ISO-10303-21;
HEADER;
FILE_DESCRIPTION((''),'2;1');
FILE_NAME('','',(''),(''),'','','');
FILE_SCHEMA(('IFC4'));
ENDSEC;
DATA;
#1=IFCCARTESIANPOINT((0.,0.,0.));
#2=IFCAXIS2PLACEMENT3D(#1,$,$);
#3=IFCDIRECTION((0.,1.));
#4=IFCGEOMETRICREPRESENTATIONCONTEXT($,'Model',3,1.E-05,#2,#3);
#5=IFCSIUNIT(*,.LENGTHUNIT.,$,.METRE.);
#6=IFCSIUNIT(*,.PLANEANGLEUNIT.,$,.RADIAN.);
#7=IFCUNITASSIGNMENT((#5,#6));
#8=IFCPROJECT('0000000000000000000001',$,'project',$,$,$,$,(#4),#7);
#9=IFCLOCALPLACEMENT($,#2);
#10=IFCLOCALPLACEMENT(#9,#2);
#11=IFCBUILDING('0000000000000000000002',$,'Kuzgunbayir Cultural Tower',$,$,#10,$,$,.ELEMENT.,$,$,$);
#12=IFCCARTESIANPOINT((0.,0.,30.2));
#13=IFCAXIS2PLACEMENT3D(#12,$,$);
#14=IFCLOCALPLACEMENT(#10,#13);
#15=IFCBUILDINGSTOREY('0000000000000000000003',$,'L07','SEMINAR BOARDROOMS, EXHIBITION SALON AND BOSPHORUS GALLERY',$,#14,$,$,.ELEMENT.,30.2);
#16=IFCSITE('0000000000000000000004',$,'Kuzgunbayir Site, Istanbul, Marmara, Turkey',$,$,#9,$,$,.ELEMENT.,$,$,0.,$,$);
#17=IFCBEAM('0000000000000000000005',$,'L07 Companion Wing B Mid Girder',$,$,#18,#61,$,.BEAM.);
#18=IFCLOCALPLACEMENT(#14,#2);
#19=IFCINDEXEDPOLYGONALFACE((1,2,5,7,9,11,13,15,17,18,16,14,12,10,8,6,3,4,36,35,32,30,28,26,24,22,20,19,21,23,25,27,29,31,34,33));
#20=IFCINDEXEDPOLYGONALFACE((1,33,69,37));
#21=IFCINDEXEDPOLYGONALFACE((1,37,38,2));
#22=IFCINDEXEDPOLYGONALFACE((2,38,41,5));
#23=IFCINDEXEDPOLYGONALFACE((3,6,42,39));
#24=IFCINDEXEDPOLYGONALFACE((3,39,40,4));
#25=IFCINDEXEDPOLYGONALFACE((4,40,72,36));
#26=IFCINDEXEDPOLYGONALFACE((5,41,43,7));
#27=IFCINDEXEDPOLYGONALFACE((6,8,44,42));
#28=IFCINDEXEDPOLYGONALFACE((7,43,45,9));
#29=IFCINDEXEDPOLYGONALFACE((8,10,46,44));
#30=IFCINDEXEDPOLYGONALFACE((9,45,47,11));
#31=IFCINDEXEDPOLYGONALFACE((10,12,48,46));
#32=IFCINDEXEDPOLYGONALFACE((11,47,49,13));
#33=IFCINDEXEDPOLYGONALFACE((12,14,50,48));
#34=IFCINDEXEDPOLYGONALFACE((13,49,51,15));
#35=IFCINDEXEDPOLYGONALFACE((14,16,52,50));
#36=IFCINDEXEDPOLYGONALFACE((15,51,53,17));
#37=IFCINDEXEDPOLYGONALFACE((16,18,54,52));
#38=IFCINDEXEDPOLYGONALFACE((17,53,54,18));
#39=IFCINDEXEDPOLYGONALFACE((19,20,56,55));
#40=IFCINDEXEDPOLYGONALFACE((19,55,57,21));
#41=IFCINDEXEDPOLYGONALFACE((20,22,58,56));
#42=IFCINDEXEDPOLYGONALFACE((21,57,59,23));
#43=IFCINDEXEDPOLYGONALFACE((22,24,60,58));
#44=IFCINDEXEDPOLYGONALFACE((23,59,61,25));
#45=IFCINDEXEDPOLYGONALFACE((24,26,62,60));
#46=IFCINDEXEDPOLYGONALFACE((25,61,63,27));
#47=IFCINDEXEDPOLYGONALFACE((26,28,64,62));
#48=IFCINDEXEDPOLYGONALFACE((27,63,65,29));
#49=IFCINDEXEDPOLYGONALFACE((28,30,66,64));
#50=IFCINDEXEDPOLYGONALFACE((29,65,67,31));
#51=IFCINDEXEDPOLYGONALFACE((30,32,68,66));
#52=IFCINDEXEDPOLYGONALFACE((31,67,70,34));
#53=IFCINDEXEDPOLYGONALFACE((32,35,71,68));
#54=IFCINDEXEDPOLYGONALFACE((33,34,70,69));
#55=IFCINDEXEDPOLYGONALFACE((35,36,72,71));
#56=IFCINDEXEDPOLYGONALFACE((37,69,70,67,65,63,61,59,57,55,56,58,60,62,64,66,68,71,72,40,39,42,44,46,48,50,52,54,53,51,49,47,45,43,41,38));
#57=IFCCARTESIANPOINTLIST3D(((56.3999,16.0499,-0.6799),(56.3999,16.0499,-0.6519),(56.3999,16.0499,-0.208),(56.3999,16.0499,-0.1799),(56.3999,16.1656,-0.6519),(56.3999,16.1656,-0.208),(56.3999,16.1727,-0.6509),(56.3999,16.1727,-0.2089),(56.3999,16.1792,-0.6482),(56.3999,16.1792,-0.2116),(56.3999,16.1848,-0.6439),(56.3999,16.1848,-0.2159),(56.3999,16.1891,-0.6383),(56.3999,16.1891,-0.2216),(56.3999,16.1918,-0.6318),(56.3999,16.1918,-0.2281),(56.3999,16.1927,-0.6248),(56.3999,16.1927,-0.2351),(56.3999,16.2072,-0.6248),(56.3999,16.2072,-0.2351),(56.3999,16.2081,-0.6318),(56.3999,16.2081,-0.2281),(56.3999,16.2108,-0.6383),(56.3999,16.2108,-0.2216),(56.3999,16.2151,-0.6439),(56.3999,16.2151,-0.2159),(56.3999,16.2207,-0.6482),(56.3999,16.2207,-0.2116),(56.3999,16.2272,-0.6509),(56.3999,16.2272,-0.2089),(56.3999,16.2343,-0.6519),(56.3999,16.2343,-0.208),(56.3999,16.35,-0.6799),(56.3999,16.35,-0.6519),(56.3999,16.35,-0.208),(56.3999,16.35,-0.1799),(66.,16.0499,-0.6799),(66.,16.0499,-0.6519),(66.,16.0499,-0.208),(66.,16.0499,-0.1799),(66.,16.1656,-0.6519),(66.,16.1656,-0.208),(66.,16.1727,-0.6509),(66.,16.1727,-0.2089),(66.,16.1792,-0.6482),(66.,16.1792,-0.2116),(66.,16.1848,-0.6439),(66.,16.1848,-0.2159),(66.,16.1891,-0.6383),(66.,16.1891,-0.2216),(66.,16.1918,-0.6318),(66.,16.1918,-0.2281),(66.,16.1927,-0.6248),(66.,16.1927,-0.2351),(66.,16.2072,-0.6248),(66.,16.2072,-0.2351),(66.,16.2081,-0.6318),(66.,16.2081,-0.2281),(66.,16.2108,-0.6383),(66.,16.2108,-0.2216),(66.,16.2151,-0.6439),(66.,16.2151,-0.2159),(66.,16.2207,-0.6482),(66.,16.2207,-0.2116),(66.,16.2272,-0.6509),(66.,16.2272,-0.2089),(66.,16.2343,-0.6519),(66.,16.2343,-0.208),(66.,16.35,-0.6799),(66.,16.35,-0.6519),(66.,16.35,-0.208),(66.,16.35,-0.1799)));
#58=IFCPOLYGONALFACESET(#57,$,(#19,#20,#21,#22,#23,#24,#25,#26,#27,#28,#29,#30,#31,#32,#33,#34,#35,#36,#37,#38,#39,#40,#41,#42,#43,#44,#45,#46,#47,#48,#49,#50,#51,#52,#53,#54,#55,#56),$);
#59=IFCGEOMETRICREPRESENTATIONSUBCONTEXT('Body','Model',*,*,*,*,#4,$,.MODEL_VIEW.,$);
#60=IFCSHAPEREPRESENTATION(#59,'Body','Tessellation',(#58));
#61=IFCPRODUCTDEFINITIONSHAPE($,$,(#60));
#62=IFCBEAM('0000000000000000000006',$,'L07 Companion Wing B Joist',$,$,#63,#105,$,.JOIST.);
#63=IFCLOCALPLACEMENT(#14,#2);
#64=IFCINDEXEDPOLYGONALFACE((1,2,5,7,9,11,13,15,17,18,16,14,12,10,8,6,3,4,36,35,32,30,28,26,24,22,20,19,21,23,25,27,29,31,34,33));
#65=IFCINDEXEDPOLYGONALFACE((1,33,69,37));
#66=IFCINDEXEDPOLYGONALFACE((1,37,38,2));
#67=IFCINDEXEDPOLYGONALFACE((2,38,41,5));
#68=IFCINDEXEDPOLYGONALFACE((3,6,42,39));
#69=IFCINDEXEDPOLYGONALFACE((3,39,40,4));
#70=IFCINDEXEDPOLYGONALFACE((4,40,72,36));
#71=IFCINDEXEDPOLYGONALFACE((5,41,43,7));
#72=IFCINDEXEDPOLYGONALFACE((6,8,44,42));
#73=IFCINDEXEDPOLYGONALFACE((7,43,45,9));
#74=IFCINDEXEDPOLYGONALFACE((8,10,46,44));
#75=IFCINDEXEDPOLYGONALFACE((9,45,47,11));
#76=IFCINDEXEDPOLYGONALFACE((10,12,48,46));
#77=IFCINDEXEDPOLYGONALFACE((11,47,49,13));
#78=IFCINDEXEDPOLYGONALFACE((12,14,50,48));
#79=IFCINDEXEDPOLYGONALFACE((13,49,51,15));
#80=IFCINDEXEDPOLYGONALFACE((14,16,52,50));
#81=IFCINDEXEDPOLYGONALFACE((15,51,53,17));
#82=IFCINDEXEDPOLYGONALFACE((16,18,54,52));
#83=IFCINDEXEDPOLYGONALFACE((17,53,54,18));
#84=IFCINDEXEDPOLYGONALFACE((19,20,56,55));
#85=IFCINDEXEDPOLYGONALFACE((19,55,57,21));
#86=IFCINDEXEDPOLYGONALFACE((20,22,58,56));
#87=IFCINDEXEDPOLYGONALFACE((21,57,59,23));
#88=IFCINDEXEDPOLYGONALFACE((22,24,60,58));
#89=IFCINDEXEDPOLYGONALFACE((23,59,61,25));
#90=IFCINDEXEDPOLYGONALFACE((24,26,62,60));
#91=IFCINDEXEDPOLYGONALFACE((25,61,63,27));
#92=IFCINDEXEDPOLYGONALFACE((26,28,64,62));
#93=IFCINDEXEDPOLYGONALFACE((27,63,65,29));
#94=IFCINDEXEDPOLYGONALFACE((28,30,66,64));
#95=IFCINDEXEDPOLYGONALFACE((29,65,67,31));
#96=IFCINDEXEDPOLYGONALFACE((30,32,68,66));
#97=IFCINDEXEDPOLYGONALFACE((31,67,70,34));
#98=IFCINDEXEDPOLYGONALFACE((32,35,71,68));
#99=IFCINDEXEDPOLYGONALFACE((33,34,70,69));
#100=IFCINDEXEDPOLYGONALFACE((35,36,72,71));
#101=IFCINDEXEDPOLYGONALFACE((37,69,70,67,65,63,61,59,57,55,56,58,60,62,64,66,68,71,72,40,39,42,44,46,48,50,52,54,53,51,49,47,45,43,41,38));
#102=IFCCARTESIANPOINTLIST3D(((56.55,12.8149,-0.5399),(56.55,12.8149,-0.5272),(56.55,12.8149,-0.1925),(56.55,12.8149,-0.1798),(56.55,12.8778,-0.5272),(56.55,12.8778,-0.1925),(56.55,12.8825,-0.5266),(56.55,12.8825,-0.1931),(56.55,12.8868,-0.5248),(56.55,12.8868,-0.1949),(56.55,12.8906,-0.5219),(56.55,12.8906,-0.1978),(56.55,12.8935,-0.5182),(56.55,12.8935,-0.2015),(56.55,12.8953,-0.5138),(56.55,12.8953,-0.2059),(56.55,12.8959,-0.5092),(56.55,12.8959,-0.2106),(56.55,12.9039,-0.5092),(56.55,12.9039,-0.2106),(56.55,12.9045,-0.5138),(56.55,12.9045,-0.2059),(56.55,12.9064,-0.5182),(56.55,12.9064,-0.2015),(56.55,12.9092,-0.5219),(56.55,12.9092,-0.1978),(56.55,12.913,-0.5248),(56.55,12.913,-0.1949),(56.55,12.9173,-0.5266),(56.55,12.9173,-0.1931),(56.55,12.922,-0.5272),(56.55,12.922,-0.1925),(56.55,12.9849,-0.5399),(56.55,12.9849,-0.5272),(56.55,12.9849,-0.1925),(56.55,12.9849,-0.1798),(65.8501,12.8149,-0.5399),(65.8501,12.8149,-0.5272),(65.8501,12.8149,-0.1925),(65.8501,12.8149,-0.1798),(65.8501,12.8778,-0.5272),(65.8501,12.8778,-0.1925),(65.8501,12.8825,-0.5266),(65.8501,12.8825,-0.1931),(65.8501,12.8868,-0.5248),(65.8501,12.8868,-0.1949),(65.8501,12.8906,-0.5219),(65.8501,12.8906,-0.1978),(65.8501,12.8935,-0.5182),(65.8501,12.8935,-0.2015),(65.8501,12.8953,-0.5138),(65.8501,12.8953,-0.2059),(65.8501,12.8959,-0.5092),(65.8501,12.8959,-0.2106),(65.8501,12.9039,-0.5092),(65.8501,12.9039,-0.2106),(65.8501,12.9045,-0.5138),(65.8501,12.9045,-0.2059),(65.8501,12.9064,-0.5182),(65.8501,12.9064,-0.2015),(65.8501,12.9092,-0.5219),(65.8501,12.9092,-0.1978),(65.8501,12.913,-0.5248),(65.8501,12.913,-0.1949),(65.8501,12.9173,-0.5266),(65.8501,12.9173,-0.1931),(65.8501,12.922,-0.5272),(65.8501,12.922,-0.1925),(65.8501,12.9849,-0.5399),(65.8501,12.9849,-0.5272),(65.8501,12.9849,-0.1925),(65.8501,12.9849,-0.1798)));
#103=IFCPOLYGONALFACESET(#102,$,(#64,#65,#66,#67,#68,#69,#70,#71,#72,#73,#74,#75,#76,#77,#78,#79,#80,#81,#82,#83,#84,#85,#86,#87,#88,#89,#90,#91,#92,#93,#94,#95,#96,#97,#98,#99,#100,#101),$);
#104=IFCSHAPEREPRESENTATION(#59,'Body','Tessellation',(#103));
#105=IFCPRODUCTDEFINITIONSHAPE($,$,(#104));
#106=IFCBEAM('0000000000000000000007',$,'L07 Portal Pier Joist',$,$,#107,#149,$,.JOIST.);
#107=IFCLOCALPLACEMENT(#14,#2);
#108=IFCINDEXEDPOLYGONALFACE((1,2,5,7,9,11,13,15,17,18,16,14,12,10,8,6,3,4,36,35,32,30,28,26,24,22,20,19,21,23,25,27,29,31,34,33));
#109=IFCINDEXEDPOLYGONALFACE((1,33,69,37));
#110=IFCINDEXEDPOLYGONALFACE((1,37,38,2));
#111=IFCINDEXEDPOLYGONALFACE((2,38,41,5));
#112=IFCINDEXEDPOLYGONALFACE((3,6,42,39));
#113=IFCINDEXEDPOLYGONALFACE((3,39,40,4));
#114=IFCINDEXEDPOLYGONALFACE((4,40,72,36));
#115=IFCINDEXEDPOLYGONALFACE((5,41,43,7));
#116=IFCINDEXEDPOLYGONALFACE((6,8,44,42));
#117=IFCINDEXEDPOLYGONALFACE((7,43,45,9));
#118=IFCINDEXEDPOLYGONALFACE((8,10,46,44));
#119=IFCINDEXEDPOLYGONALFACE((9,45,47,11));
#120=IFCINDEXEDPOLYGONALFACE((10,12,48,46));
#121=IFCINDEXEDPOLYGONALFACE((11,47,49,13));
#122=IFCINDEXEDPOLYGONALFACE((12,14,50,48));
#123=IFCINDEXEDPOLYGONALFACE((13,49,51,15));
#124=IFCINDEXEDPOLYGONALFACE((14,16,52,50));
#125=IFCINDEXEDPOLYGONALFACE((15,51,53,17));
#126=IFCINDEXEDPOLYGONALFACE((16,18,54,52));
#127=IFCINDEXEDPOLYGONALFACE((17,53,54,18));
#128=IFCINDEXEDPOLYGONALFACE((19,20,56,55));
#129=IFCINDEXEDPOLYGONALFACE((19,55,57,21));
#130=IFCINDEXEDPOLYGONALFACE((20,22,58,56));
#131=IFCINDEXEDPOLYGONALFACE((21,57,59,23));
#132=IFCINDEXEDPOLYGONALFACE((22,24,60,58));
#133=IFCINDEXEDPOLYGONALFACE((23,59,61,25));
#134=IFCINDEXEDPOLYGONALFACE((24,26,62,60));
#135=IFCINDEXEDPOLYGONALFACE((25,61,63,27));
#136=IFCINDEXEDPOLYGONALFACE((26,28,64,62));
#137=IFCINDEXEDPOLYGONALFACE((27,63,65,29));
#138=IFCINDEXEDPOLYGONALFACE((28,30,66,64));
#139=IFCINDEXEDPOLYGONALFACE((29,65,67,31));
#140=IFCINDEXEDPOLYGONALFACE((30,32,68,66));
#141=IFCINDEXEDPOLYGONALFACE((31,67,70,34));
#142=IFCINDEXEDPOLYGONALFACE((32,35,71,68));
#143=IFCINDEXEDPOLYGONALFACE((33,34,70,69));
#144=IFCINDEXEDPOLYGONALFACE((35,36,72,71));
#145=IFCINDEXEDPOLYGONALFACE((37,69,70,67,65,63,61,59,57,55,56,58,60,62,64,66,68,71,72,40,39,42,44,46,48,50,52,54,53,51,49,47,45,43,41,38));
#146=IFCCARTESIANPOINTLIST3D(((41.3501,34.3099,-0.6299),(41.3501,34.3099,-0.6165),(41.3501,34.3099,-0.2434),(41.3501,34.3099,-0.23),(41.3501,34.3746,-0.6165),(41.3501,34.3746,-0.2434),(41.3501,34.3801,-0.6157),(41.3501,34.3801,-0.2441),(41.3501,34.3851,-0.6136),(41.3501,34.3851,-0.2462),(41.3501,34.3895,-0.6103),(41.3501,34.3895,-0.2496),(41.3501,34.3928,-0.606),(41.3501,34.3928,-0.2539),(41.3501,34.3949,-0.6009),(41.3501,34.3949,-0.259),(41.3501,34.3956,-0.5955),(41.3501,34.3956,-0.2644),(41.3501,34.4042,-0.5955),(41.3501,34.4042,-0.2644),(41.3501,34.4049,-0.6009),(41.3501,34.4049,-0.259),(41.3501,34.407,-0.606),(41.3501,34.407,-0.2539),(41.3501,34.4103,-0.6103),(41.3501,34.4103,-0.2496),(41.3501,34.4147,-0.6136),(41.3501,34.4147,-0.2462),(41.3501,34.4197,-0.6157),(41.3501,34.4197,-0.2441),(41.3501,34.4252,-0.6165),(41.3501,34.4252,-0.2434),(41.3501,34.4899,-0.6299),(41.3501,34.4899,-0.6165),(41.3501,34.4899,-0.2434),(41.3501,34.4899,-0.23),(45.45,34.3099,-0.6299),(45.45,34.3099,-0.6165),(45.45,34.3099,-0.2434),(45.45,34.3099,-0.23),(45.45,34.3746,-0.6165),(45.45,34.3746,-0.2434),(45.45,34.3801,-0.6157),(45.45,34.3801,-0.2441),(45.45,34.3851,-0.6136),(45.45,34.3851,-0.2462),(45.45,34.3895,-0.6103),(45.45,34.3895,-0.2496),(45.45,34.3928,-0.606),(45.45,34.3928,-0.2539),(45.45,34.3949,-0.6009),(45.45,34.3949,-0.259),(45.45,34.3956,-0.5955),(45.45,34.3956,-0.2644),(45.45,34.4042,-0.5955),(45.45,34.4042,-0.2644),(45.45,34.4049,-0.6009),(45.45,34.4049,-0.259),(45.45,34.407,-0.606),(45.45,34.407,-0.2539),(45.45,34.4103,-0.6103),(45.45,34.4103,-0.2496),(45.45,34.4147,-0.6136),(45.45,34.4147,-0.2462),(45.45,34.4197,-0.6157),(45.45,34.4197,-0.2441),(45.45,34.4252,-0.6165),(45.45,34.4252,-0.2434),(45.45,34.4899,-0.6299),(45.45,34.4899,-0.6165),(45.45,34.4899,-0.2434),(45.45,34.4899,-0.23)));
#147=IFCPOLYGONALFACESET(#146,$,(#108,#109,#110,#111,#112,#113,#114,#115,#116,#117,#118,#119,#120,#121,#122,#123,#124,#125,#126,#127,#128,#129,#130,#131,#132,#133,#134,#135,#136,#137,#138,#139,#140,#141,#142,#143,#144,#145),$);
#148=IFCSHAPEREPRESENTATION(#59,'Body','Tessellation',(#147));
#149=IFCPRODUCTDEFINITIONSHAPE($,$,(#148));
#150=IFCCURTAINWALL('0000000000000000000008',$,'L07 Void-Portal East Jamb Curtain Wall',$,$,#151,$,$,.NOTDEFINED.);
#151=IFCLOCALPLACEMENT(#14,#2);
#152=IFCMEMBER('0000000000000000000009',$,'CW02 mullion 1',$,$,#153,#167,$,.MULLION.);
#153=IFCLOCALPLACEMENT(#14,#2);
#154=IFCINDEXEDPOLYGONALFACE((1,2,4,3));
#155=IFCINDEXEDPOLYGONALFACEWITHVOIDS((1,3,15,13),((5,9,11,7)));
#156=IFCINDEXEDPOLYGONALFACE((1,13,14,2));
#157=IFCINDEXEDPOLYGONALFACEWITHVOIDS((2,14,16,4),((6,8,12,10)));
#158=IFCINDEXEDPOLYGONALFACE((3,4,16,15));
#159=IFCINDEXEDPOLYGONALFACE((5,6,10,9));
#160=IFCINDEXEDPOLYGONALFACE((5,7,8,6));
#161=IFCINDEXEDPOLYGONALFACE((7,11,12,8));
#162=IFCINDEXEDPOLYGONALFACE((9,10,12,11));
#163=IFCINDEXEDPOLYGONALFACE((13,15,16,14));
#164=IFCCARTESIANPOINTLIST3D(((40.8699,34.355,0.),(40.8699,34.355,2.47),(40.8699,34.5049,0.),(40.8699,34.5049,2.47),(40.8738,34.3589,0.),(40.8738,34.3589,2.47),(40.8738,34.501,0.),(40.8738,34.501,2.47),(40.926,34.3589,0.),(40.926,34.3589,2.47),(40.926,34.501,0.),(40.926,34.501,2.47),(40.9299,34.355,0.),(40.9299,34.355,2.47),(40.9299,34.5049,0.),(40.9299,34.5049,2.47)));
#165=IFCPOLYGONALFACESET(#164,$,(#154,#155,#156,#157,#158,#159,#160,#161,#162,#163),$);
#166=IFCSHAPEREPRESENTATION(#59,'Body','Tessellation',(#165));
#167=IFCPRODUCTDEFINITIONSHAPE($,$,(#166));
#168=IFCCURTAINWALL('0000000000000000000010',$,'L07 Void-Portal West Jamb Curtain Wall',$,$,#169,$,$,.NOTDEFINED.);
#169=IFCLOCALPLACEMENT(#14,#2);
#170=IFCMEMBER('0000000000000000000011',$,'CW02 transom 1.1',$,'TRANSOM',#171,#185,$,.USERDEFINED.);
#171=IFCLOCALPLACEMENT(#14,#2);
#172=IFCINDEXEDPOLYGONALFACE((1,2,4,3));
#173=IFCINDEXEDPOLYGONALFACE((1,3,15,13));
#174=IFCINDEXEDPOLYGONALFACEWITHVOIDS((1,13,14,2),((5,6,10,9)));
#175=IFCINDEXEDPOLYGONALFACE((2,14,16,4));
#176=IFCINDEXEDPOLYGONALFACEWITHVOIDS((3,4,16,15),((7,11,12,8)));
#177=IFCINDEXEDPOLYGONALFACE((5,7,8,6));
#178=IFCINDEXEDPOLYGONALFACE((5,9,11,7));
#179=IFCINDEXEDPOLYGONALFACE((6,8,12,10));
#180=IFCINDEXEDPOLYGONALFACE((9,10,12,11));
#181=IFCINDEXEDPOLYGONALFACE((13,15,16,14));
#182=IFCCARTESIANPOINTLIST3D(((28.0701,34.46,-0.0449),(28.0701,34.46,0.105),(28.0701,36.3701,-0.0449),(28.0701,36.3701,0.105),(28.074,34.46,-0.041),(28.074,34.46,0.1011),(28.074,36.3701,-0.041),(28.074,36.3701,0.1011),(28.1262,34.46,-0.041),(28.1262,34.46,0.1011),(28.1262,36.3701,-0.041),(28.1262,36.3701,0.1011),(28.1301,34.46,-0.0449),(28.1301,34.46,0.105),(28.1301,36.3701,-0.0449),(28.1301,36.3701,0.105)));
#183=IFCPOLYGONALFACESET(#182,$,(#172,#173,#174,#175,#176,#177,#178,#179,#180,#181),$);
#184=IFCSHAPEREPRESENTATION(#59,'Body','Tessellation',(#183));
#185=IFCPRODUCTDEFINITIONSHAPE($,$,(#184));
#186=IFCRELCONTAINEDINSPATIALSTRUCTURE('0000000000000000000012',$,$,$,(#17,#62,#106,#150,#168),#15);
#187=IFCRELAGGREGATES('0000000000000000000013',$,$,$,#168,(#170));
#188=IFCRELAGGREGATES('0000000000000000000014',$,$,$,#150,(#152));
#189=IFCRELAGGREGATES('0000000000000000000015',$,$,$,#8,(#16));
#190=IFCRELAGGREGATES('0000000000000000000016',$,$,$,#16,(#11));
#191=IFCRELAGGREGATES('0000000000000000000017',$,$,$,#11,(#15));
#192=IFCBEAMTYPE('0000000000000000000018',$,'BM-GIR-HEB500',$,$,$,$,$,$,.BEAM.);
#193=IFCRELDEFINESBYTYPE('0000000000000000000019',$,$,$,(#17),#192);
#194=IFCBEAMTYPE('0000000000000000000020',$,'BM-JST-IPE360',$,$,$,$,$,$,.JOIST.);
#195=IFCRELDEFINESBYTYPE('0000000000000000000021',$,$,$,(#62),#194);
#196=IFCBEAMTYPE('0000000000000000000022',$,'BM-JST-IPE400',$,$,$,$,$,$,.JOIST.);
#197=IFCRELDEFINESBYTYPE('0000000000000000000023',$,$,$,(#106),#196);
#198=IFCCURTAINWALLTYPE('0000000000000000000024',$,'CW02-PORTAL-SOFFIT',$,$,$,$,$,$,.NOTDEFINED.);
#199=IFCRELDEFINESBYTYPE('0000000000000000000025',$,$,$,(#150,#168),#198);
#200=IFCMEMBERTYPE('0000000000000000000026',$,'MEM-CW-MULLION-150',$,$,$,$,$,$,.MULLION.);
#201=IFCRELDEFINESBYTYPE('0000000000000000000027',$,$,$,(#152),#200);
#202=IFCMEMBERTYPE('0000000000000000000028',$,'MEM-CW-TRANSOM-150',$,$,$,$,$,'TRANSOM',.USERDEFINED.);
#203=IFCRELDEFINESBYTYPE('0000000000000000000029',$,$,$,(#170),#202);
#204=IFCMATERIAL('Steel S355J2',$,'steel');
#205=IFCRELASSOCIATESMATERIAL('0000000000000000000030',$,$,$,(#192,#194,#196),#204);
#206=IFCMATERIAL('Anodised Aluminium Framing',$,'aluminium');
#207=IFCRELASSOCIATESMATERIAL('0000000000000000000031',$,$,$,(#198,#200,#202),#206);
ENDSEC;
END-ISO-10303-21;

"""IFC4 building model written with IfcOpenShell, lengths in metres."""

from ifc_helpers import new_model, si_unit, direction, frame, origin, origin_2d, place, context, subcontext, project, spatial, hollow_rectangle, i_section, extrude, material, material_profile, profile_set, type_object, element, aggregate, save


model = new_model("IFC4")

# Units and contexts
model_context = context("Model", 3, precision=1e-05, world=origin(), true_north=direction((0.0, 1.0)))
body_context = subcontext(model_context, "Body", "Model", "MODEL_VIEW")
ifc_project = project(units=[si_unit("LENGTHUNIT", "METRE"), si_unit("PLANEANGLEUNIT", "RADIAN")], contexts=[model_context])

# Site, building, storey
site_placement = place(None, origin())
site = spatial("IfcSite", under=ifc_project, at=site_placement, Name="Kuzgunbayir Site, Istanbul, Marmara, Turkey", CompositionType="ELEMENT", RefElevation=0.0)
building_placement = place(site_placement, origin())
building = spatial("IfcBuilding", under=site, at=building_placement, Name="Kuzgunbayir Cultural Tower", CompositionType="ELEMENT")
storey_placement = place(building_placement, frame((0.0, 0.0, 30.2)))
storey = spatial("IfcBuildingStorey", under=building, at=storey_placement, Name="L07", Description="SEMINAR BOARDROOMS, EXHIBITION SALON AND BOSPHORUS GALLERY", CompositionType="ELEMENT", Elevation=30.2)

# Beams
ifc_material_1 = material(Name="Steel S355J2", Category="steel")
ifc_material_profile_1 = material_profile(ifc_material_1, i_section(OverallWidth=0.3, OverallDepth=0.5, WebThickness=0.0144, FlangeThickness=0.0281, FilletRadius=0.0271, at=origin_2d()), Name="HEB 500")
ifc_profile_set_1 = profile_set([ifc_material_profile_1], Name="Steel S355J2")
beam_type_1 = type_object("IfcBeamType", Name="BM-GIR-HEB500", PredefinedType="BEAM", material=ifc_profile_set_1)
beam_1_placement = place(storey_placement, frame((56.3999, 16.2, -0.4299), z_axis=(1.0, 0.0, 0.0), x_axis=(0.0, 1.0, 0.0)))
element("IfcBeam", 1, at=beam_1_placement, inside=storey, type_object=beam_type_1, Name="L07 Companion Wing B Mid Girder", PredefinedType="BEAM", context=body_context, shape_type="SweptSolid", body=[
    extrude(i_section(OverallWidth=0.3, OverallDepth=0.5, WebThickness=0.0144, FlangeThickness=0.0281, FilletRadius=0.0271, at=origin_2d()), origin(), (0.0, 0.0, 1.0), 9.6001),
])
ifc_material_profile_2 = material_profile(ifc_material_1, i_section(OverallWidth=0.1699, OverallDepth=0.3601, WebThickness=0.0081, FlangeThickness=0.0127, FilletRadius=0.0181, at=origin_2d()), Name="IPE 360")
ifc_profile_set_2 = profile_set([ifc_material_profile_2], Name="Steel S355J2")
beam_type_2 = type_object("IfcBeamType", Name="BM-JST-IPE360", PredefinedType="JOIST", material=ifc_profile_set_2)
beam_2_placement = place(storey_placement, frame((56.55, 12.8999, -0.3599), z_axis=(1.0, 0.0, 0.0), x_axis=(0.0, 1.0, 0.0)))
element("IfcBeam", 2, at=beam_2_placement, inside=storey, type_object=beam_type_2, Name="L07 Companion Wing B Joist", PredefinedType="JOIST", context=body_context, shape_type="SweptSolid", body=[
    extrude(i_section(OverallWidth=0.1699, OverallDepth=0.3601, WebThickness=0.0081, FlangeThickness=0.0127, FilletRadius=0.0181, at=origin_2d()), origin(), (0.0, 0.0, 1.0), 9.3),
])
ifc_material_profile_3 = material_profile(ifc_material_1, i_section(OverallWidth=0.1799, OverallDepth=0.3999, WebThickness=0.0085, FlangeThickness=0.0134, FilletRadius=0.021, at=origin_2d()), Name="IPE 400")
ifc_profile_set_3 = profile_set([ifc_material_profile_3], Name="Steel S355J2")
beam_type_3 = type_object("IfcBeamType", Name="BM-JST-IPE400", PredefinedType="JOIST", material=ifc_profile_set_3)
beam_3_placement = place(storey_placement, frame((41.3501, 34.3999, -0.4299), z_axis=(1.0, 0.0, 0.0), x_axis=(0.0, 1.0, 0.0)))
element("IfcBeam", 3, at=beam_3_placement, inside=storey, type_object=beam_type_3, Name="L07 Portal Pier Joist", PredefinedType="JOIST", context=body_context, shape_type="SweptSolid", body=[
    extrude(i_section(OverallWidth=0.1799, OverallDepth=0.3999, WebThickness=0.0085, FlangeThickness=0.0134, FilletRadius=0.021, at=origin_2d()), origin(), (0.0, 0.0, 1.0), 4.0999),
])

# Curtain wall, member
ifc_material_2 = material(Name="Anodised Aluminium Framing", Category="aluminium")
curtain_wall_type = type_object("IfcCurtainWallType", Name="CW02-PORTAL-SOFFIT", PredefinedType="NOTDEFINED", material=ifc_material_2)
curtain_wall_1_placement = place(storey_placement, origin())
curtain_wall_1 = element("IfcCurtainWall", 4, at=curtain_wall_1_placement, inside=storey, type_object=curtain_wall_type, Name="L07 Void-Portal East Jamb Curtain Wall", PredefinedType="NOTDEFINED")
ifc_material_profile_4 = material_profile(ifc_material_2, hollow_rectangle(XDim=0.0601, YDim=0.1499, WallThickness=0.0039, at=origin_2d()), Name="RHS 150x60x4")
ifc_profile_set_4 = profile_set([ifc_material_profile_4], Name="Anodised Aluminium Framing")
member_type_1 = type_object("IfcMemberType", Name="MEM-CW-MULLION-150", PredefinedType="MULLION", material=ifc_profile_set_4)
member_1_placement = place(storey_placement, frame((40.8999, 34.4299, 0.0), z_axis=(0.0, 0.0, 1.0), x_axis=(-1.0, 0.0, 0.0)))
member_1 = element("IfcMember", 5, at=member_1_placement, type_object=member_type_1, Name="CW02 mullion 1", PredefinedType="MULLION", context=body_context, shape_type="SweptSolid", body=[
    extrude(hollow_rectangle(XDim=0.0601, YDim=0.1499, WallThickness=0.0039, at=origin_2d()), origin(), (0.0, 0.0, 1.0), 2.47),
])

# Curtain wall, member
curtain_wall_2_placement = place(storey_placement, origin())
curtain_wall_2 = element("IfcCurtainWall", 6, at=curtain_wall_2_placement, inside=storey, type_object=curtain_wall_type, Name="L07 Void-Portal West Jamb Curtain Wall", PredefinedType="NOTDEFINED")
ifc_material_profile_5 = material_profile(ifc_material_2, hollow_rectangle(XDim=0.0601, YDim=0.1499, WallThickness=0.0039, at=origin_2d()), Name="RHS 150x60x4")
ifc_profile_set_5 = profile_set([ifc_material_profile_5], Name="Anodised Aluminium Framing")
member_type_2 = type_object("IfcMemberType", Name="MEM-CW-TRANSOM-150", ElementType="TRANSOM", PredefinedType="USERDEFINED", material=ifc_profile_set_5)
member_2_placement = place(storey_placement, frame((28.1001, 34.46, 0.03), z_axis=(0.0, 1.0, 0.0), x_axis=(-1.0, 0.0, 0.0)))
member_2 = element("IfcMember", 7, at=member_2_placement, type_object=member_type_2, Name="CW02 transom 1.1", ObjectType="TRANSOM", PredefinedType="USERDEFINED", context=body_context, shape_type="SweptSolid", body=[
    extrude(hollow_rectangle(XDim=0.0601, YDim=0.1499, WallThickness=0.0039, at=origin_2d()), origin(), (0.0, 0.0, 1.0), 1.9102),
])
aggregate(curtain_wall_2, [member_2])

aggregate(curtain_wall_1, [member_1])

save(model, "model.ifc")
